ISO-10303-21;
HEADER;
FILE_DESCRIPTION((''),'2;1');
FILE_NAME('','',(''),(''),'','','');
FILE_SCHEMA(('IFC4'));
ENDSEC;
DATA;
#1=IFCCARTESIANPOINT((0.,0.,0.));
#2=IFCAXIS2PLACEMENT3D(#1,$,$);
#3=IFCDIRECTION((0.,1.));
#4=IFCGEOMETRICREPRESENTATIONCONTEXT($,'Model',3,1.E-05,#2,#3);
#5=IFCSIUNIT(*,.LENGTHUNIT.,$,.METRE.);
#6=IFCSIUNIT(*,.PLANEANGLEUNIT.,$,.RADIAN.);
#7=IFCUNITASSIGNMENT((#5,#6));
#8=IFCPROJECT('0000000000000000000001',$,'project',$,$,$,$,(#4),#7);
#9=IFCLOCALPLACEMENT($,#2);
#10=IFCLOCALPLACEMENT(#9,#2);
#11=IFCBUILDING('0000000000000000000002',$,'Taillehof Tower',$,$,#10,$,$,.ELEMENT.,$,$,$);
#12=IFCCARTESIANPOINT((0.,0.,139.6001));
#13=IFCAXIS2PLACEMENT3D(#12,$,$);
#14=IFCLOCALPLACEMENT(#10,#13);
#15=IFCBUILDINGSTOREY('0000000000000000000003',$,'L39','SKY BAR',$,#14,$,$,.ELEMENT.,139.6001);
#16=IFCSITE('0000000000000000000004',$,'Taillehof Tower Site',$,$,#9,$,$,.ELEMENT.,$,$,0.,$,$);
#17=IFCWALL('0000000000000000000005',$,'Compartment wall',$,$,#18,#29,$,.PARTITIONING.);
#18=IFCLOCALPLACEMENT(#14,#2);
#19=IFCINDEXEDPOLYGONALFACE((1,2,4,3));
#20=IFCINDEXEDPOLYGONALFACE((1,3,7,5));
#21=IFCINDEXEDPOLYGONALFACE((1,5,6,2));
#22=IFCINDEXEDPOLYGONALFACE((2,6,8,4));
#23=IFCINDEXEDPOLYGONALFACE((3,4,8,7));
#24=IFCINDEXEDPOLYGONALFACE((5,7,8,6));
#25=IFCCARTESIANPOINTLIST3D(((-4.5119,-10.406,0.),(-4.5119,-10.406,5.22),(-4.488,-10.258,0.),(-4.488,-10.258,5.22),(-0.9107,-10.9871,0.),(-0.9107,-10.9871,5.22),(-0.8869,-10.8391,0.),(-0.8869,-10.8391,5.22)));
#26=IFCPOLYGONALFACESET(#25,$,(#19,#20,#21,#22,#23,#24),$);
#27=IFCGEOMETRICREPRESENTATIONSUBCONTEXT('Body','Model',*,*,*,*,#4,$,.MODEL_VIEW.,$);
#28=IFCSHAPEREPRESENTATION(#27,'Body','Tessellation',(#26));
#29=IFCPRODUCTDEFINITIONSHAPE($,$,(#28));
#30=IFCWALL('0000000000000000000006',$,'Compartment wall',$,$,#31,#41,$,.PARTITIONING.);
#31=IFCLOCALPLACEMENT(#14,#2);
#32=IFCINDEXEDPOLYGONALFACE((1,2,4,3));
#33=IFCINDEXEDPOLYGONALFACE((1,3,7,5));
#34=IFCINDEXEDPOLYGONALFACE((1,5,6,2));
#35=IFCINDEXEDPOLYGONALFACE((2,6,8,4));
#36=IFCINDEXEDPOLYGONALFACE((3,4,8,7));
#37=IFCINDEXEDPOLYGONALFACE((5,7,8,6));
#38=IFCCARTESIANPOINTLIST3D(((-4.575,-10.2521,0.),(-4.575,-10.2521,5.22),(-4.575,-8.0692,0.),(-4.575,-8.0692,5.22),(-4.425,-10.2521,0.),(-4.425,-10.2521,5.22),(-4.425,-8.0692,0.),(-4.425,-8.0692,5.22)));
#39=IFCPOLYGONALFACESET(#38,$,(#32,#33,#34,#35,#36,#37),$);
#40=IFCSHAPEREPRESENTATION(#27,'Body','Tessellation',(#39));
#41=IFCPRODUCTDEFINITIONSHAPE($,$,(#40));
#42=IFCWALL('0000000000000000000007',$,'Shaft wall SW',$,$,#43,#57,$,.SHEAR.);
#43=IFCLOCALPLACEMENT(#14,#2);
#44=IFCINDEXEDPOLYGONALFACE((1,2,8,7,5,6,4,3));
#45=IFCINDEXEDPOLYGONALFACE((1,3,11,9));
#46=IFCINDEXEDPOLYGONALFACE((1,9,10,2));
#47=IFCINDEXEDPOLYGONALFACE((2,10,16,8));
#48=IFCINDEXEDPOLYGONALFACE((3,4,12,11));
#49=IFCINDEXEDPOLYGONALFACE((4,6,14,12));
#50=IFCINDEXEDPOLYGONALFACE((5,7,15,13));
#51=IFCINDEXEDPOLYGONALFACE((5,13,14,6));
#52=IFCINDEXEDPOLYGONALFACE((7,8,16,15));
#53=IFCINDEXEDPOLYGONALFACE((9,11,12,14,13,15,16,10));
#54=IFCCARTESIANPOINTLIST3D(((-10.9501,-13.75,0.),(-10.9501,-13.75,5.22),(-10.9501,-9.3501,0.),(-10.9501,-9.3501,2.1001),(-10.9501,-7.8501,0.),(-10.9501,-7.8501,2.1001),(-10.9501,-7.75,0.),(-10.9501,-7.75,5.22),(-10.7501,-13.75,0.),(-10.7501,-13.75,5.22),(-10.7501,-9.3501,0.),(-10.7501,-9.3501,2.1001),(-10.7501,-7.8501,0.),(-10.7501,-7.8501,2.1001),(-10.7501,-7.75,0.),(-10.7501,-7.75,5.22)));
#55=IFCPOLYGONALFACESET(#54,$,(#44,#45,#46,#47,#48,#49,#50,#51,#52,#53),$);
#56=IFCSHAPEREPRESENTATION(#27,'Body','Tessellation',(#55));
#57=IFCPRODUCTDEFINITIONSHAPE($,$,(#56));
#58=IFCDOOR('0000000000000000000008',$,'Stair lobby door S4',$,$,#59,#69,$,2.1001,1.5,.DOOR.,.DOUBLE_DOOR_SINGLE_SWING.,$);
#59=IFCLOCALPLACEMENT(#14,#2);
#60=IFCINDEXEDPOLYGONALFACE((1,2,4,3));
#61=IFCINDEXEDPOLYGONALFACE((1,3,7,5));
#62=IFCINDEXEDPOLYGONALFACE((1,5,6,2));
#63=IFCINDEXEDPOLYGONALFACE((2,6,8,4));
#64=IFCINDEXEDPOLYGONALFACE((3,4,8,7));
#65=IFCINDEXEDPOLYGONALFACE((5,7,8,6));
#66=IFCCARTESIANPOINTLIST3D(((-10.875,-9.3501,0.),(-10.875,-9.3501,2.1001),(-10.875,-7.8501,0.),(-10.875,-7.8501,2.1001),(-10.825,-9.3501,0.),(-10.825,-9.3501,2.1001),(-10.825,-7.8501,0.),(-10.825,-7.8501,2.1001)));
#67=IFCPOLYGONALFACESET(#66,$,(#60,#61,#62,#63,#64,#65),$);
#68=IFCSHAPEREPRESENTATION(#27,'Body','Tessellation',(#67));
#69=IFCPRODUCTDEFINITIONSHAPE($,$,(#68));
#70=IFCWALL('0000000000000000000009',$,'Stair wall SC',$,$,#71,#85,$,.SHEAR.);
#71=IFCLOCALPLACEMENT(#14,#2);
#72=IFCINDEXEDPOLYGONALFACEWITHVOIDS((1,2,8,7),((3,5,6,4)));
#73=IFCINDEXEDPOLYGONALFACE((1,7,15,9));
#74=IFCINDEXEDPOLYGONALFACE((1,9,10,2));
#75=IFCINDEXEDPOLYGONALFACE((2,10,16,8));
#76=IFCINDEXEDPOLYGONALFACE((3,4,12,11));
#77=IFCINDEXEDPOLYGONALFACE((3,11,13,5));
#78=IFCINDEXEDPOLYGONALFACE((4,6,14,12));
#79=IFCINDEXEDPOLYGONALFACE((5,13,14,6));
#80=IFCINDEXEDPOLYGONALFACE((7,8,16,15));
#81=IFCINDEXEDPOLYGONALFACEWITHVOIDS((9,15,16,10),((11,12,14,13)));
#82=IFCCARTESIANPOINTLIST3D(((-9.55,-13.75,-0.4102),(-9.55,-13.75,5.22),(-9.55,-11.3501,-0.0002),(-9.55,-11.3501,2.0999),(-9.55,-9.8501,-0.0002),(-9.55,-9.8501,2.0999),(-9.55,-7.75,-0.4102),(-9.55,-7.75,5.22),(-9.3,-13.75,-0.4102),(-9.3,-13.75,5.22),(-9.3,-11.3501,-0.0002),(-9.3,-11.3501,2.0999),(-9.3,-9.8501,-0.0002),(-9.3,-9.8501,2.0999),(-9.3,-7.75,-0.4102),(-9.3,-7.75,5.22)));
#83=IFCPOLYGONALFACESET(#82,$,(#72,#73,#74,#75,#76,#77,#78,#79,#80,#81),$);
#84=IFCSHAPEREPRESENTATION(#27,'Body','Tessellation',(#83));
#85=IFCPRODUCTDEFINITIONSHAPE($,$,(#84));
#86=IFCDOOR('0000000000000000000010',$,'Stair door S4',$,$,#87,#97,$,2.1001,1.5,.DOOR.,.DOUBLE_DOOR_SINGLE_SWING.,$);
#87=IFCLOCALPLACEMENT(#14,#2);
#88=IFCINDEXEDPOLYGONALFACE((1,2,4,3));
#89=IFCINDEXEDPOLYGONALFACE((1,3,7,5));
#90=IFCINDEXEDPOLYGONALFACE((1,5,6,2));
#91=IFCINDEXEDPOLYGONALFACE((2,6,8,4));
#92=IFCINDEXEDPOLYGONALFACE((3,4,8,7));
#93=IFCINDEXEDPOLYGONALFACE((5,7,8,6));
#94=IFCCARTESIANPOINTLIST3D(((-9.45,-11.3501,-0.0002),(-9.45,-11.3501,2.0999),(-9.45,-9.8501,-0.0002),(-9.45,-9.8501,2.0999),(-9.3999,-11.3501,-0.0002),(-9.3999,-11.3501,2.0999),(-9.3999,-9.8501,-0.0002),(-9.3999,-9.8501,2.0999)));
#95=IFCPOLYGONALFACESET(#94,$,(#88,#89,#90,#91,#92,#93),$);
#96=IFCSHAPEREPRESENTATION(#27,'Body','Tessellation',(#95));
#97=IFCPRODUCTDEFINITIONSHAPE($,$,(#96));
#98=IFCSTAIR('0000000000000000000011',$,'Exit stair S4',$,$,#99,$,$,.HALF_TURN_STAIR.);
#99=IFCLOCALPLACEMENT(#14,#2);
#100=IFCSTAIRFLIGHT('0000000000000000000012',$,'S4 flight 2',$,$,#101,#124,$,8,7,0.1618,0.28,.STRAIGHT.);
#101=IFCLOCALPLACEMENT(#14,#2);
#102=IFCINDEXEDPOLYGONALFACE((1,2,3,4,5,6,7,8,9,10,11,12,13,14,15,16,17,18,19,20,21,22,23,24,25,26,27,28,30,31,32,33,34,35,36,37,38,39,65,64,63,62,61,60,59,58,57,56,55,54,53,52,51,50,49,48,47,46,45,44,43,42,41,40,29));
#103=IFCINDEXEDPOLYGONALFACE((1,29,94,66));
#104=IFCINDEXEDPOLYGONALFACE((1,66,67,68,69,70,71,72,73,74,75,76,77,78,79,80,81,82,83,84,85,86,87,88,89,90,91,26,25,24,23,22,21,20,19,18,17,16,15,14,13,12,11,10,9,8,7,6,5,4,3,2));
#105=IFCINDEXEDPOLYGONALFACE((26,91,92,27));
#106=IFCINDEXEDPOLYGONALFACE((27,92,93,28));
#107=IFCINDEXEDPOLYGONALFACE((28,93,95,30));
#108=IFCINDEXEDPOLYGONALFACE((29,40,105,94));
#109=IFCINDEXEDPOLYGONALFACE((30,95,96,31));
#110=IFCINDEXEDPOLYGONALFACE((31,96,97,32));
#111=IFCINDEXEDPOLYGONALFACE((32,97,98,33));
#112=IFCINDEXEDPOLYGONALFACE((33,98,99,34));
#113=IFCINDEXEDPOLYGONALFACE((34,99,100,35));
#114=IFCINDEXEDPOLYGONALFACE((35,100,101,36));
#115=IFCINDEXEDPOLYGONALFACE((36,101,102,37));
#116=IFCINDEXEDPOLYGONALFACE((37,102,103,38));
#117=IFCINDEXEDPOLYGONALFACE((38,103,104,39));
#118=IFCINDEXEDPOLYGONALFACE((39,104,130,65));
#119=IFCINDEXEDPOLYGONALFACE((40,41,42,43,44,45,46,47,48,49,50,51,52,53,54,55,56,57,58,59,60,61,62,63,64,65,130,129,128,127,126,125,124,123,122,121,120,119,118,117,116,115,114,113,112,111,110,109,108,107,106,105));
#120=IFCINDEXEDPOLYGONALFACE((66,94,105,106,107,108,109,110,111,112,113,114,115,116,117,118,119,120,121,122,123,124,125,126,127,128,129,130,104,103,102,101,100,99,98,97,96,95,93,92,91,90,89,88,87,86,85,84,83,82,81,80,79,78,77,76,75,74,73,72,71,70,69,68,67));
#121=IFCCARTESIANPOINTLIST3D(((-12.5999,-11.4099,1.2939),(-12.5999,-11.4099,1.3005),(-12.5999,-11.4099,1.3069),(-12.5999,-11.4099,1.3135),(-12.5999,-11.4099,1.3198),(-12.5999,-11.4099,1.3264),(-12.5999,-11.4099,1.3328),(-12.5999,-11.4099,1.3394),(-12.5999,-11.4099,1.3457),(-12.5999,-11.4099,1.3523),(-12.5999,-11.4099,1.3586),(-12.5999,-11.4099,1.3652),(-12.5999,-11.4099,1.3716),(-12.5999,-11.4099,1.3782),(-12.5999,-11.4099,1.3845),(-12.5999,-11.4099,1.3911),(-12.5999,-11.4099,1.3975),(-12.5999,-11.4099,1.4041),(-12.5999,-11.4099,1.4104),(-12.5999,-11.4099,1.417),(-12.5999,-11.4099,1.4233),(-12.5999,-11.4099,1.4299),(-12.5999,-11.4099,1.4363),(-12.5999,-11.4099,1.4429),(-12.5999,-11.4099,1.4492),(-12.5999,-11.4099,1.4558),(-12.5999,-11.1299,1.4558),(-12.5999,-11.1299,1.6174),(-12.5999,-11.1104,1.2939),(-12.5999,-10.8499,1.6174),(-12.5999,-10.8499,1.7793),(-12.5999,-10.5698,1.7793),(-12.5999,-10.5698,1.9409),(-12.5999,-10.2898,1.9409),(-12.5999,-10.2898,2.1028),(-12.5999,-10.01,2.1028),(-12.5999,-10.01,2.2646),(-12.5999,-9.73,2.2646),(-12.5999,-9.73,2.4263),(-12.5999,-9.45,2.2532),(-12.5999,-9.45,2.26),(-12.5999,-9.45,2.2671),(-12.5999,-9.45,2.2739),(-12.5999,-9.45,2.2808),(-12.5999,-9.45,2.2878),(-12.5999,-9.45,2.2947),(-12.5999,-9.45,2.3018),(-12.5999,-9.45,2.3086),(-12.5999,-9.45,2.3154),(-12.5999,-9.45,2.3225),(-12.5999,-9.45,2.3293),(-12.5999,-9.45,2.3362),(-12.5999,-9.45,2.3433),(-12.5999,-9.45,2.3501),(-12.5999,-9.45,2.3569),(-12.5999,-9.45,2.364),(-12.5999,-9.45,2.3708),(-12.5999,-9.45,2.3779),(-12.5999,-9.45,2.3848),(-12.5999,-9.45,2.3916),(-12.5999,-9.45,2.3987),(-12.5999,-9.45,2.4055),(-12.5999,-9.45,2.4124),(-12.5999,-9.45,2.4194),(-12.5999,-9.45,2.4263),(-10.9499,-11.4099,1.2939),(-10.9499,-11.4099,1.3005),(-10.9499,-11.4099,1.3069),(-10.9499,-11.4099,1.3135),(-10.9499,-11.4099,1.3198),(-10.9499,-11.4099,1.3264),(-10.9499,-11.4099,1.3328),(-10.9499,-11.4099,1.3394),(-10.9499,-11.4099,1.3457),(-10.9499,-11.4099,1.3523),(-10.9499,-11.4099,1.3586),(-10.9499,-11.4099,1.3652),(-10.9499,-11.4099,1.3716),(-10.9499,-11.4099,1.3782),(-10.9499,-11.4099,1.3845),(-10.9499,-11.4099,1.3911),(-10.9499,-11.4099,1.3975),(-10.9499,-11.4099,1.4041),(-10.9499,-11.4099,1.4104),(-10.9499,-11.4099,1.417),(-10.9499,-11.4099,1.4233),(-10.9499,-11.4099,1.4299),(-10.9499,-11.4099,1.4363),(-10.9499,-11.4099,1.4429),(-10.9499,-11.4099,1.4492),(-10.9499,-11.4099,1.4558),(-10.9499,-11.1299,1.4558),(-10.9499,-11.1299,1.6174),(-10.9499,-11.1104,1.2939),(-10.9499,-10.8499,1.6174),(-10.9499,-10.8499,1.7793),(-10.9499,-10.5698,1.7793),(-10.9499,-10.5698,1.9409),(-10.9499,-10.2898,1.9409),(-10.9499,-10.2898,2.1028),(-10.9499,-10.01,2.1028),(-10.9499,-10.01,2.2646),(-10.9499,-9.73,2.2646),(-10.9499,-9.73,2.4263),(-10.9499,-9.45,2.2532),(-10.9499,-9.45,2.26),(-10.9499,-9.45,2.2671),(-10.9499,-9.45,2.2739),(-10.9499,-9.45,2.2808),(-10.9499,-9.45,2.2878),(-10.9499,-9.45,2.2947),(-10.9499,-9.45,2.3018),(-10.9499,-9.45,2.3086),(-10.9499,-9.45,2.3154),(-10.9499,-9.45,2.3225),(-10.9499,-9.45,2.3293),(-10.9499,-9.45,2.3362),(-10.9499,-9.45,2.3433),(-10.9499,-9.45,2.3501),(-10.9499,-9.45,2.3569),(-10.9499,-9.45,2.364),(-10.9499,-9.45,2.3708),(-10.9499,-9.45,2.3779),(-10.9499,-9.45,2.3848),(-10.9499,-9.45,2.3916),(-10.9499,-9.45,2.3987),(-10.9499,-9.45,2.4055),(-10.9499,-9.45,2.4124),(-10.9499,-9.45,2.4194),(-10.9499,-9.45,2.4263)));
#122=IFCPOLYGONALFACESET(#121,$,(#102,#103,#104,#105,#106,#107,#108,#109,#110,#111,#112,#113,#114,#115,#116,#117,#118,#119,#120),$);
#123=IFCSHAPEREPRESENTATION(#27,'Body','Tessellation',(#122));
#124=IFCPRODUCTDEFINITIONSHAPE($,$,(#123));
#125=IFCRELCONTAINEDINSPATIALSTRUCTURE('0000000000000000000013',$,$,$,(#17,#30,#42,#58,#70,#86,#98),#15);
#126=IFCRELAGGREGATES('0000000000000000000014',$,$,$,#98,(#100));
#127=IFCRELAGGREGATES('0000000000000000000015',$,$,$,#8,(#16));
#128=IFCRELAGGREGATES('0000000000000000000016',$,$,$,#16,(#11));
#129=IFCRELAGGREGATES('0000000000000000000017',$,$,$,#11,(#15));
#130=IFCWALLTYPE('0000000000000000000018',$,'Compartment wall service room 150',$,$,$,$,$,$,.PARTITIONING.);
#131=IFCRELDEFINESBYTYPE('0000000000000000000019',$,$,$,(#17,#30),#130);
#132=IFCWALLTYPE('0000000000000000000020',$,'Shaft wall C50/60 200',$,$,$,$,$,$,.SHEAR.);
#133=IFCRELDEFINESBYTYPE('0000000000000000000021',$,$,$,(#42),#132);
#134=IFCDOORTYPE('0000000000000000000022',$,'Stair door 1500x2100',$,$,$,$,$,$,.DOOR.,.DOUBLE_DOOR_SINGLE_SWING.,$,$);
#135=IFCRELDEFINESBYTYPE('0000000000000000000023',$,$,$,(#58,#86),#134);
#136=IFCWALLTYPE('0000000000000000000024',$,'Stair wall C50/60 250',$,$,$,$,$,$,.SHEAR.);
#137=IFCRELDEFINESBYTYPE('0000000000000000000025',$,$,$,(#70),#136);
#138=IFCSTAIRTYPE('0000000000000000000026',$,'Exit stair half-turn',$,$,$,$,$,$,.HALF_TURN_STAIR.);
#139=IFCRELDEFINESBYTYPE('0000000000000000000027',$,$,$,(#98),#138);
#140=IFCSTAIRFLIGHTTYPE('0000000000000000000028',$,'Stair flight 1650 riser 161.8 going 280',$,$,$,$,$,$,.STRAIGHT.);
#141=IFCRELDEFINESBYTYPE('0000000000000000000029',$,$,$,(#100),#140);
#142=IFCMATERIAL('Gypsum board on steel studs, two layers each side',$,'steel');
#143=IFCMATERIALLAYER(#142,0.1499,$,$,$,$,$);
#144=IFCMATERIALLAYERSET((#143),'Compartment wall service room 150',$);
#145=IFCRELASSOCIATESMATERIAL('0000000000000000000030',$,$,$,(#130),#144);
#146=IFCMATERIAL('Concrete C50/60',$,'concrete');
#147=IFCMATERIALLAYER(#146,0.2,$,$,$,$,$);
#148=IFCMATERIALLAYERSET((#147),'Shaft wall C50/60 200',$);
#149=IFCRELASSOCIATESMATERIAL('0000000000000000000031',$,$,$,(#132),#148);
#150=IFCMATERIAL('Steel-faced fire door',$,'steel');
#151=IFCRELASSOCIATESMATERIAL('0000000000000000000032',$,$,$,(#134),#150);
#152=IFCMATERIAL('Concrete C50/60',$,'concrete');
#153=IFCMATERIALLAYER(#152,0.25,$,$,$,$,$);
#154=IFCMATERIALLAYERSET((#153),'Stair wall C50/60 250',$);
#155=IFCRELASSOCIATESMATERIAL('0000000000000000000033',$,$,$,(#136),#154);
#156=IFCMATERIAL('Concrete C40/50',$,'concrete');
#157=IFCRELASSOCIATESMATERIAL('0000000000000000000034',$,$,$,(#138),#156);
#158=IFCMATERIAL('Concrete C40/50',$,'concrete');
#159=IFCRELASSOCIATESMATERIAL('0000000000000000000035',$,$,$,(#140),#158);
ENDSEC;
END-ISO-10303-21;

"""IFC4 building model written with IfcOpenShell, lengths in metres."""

from ifc_helpers import new_model, si_unit, direction, frame, frame_2d, origin, place, context, subcontext, project, spatial, polyline, rectangle, outline, extrude, material, layer, layer_set, type_object, element, fill, aggregate, save


model = new_model("IFC4")

# Units and contexts
model_context = context("Model", 3, precision=1e-05, world=origin(), true_north=direction((0.0, 1.0)))
body_context = subcontext(model_context, "Body", "Model", "MODEL_VIEW")
ifc_project = project(units=[si_unit("LENGTHUNIT", "METRE"), si_unit("PLANEANGLEUNIT", "RADIAN")], contexts=[model_context])

# Site, building, storey
site_placement = place(None, origin())
site = spatial("IfcSite", under=ifc_project, at=site_placement, Name="Taillehof Tower Site", CompositionType="ELEMENT", RefElevation=0.0)
building_placement = place(site_placement, origin())
building = spatial("IfcBuilding", under=site, at=building_placement, Name="Taillehof Tower", CompositionType="ELEMENT")
storey_placement = place(building_placement, frame((0.0, 0.0, 139.6001)))
storey = spatial("IfcBuildingStorey", under=building, at=storey_placement, Name="L39", Description="SKY BAR", CompositionType="ELEMENT", Elevation=139.6001)

# Walls
ifc_material_1 = material(Name="Gypsum board on steel studs, two layers each side", Category="steel")
ifc_layer_1 = layer(ifc_material_1, 0.1499)
ifc_layer_set_1 = layer_set([ifc_layer_1], Name="Compartment wall service room 150")
wall_type_1 = type_object("IfcWallType", Name="Compartment wall service room 150", PredefinedType="PARTITIONING", material=ifc_layer_set_1)
wall_1_placement = place(storey_placement, frame((-0.8989, -10.9131, 0.0), z_axis=(0.0, 0.0, 1.0), x_axis=(-0.987231, 0.159296, 0.0)))
element("IfcWall", 1, at=wall_1_placement, inside=storey, type_object=wall_type_1, Name="Compartment wall", PredefinedType="PARTITIONING", context=body_context, shape_type="SweptSolid", body=[
    extrude(rectangle(XDim=3.6477, YDim=0.1499, at=frame_2d((1.8237, 0.0))), origin(), (0.0, 0.0, 1.0), 5.22),
])
wall_2_placement = place(storey_placement, frame((-4.5, -10.252, 0.0), z_axis=(0.0, 0.0, 1.0), x_axis=(0.0, 1.0, 0.0)))
element("IfcWall", 2, at=wall_2_placement, inside=storey, type_object=wall_type_1, Name="Compartment wall", PredefinedType="PARTITIONING", context=body_context, shape_type="SweptSolid", body=[
    extrude(rectangle(XDim=2.1829, YDim=0.1499, at=frame_2d((1.0913, 0.0))), origin(), (0.0, 0.0, 1.0), 5.22),
])

# Walls, openings, doors
ifc_material_2 = material(Name="Concrete C50/60", Category="concrete")
ifc_layer_2 = layer(ifc_material_2, 0.2)
ifc_layer_set_2 = layer_set([ifc_layer_2], Name="Shaft wall C50/60 200")
wall_type_2 = type_object("IfcWallType", Name="Shaft wall C50/60 200", PredefinedType="SHEAR", material=ifc_layer_set_2)
wall_3_placement = place(storey_placement, frame((-10.8501, -13.75, 0.0), z_axis=(0.0, 0.0, 1.0), x_axis=(0.0, 1.0, 0.0)))
wall_3 = element("IfcWall", 3, at=wall_3_placement, inside=storey, type_object=wall_type_2, Name="Shaft wall SW", PredefinedType="SHEAR", context=body_context, shape_type="SweptSolid", body=[
    extrude(rectangle(XDim=6.0, YDim=0.2, at=frame_2d((3.0, 0.0))), origin(), (0.0, 0.0, 1.0), 5.22),
])
opening_1_placement = place(wall_3_placement, frame((4.3999, 0.0, 0.0)))
opening_1 = element("IfcOpeningElement", 4, at=opening_1_placement, cuts=wall_3, PredefinedType="OPENING", context=body_context, shape_type="SweptSolid", body=[
    extrude(rectangle(XDim=1.5, YDim=2.1001, at=frame_2d((0.75, 1.05))), frame((0.0, 0.1099, 0.0), z_axis=(0.0, -1.0, 0.0), x_axis=(1.0, 0.0, 0.0)), (0.0, 0.0, 1.0), 0.22),
])
ifc_material_3 = material(Name="Steel-faced fire door", Category="steel")
door_type_1 = type_object("IfcDoorType", Name="Stair door 1500x2100", OperationType="DOUBLE_DOOR_SINGLE_SWING", PredefinedType="DOOR", material=ifc_material_3)
door_1_placement = place(opening_1_placement, origin())
door_1 = element("IfcDoor", 5, at=door_1_placement, inside=storey, type_object=door_type_1, Name="Stair lobby door S4", OperationType="DOUBLE_DOOR_SINGLE_SWING", OverallHeight=2.1001, OverallWidth=1.5, PredefinedType="DOOR", context=body_context, shape_type="SweptSolid", body=[
    extrude(rectangle(XDim=1.5, YDim=2.1001, at=frame_2d((0.75, 1.05))), frame((0.0, 0.0249, 0.0), z_axis=(0.0, -1.0, 0.0), x_axis=(1.0, 0.0, 0.0)), (0.0, 0.0, 1.0), 0.05),
])
fill(opening_1, door_1)
ifc_material_4 = material(Name="Concrete C50/60", Category="concrete")
ifc_layer_3 = layer(ifc_material_4, 0.25)
ifc_layer_set_3 = layer_set([ifc_layer_3], Name="Stair wall C50/60 250")
wall_type_3 = type_object("IfcWallType", Name="Stair wall C50/60 250", PredefinedType="SHEAR", material=ifc_layer_set_3)
wall_4_placement = place(storey_placement, frame((-9.425, -13.75, -0.4102), z_axis=(0.0, 0.0, 1.0), x_axis=(0.0, 1.0, 0.0)))
wall_4 = element("IfcWall", 6, at=wall_4_placement, inside=storey, type_object=wall_type_3, Name="Stair wall SC", PredefinedType="SHEAR", context=body_context, shape_type="SweptSolid", body=[
    extrude(rectangle(XDim=6.0, YDim=0.25, at=frame_2d((3.0, 0.0))), origin(), (0.0, 0.0, 1.0), 5.6301),
])
opening_2_placement = place(wall_4_placement, frame((2.3999, 0.0, 0.4099)))
opening_2 = element("IfcOpeningElement", 7, at=opening_2_placement, cuts=wall_4, PredefinedType="OPENING", context=body_context, shape_type="SweptSolid", body=[
    extrude(rectangle(XDim=1.5, YDim=2.1001, at=frame_2d((0.75, 1.05))), frame((0.0, 0.135, 0.0), z_axis=(0.0, -1.0, 0.0), x_axis=(1.0, 0.0, 0.0)), (0.0, 0.0, 1.0), 0.27),
])
door_2_placement = place(opening_2_placement, origin())
door_2 = element("IfcDoor", 8, at=door_2_placement, inside=storey, type_object=door_type_1, Name="Stair door S4", OperationType="DOUBLE_DOOR_SINGLE_SWING", OverallHeight=2.1001, OverallWidth=1.5, PredefinedType="DOOR", context=body_context, shape_type="SweptSolid", body=[
    extrude(rectangle(XDim=1.5, YDim=2.1001, at=frame_2d((0.75, 1.05))), frame((0.0, 0.0249, 0.0), z_axis=(0.0, -1.0, 0.0), x_axis=(1.0, 0.0, 0.0)), (0.0, 0.0, 1.0), 0.05),
])
fill(opening_2, door_2)

# Stair, stair flight
ifc_material_5 = material(Name="Concrete C40/50", Category="concrete")
stair_type = type_object("IfcStairType", Name="Exit stair half-turn", PredefinedType="HALF_TURN_STAIR", material=ifc_material_5)
stair_placement = place(storey_placement, origin())
stair = element("IfcStair", 9, at=stair_placement, inside=storey, type_object=stair_type, Name="Exit stair S4", PredefinedType="HALF_TURN_STAIR")
ifc_material_6 = material(Name="Concrete C40/50", Category="concrete")
stair_flight_type = type_object("IfcStairFlightType", Name="Stair flight 1650 riser 161.8 going 280", PredefinedType="STRAIGHT", material=ifc_material_6)
stair_flight_1_placement = place(storey_placement, frame((-11.7749, -11.4099, 1.2939), z_axis=(0.0, 0.0, 1.0), x_axis=(0.0, 1.0, 0.0)))
stair_flight_1 = element("IfcStairFlight", 10, at=stair_flight_1_placement, type_object=stair_flight_type, Name="S4 flight 2", NumberOfRisers=8, NumberOfTreads=7, PredefinedType="STRAIGHT", RiserHeight=0.1618, TreadLength=0.28, context=body_context, shape_type="SweptSolid", body=[
    extrude(outline(polyline([(0.0, 0.0), (0.0, 0.0066), (0.0, 0.0129), (0.0, 0.0195), (0.0, 0.0259), (0.0, 0.0325), (0.0, 0.0388), (0.0, 0.0454), (0.0, 0.0518), (0.0, 0.0583), (0.0, 0.0647), (0.0, 0.0713), (0.0, 0.0776), (0.0, 0.0842), (0.0, 0.0906), (0.0, 0.0972), (0.0, 0.1035), (0.0, 0.1101), (0.0, 0.1165), (0.0, 0.123), (0.0, 0.1294), (0.0, 0.136), (0.0, 0.1423), (0.0, 0.1489), (0.0, 0.1553), (0.0, 0.1619), (0.28, 0.1619), (0.28, 0.3235), (0.5601, 0.3235), (0.5601, 0.4854), (0.8401, 0.4854), (0.8401, 0.647), (1.1201, 0.647), (1.1201, 0.8088), (1.3999, 0.8088), (1.3999, 0.9707), (1.6799, 0.9707), (1.6799, 1.1323), (1.96, 1.1323), (1.96, 1.1255), (1.96, 1.1184), (1.96, 1.1116), (1.96, 1.1047), (1.96, 1.0977), (1.96, 1.0908), (1.96, 1.084), (1.96, 1.0769), (1.96, 1.0701), (1.96, 1.063), (1.96, 1.0562), (1.96, 1.0493), (1.96, 1.0422), (1.96, 1.0354), (1.96, 1.0286), (1.96, 1.0215), (1.96, 1.0146), (1.96, 1.0078), (1.96, 1.0007), (1.96, 0.9939), (1.96, 0.9868), (1.96, 0.98), (1.96, 0.9731), (1.96, 0.9661), (1.96, 0.9592), (0.2996, 0.0), (0.0, 0.0)])), frame((0.0, 0.825, 0.0), z_axis=(0.0, -1.0, 0.0), x_axis=(1.0, 0.0, 0.0)), (0.0, 0.0, 1.0), 1.65),
])
aggregate(stair, [stair_flight_1])

save(model, "model.ifc")
